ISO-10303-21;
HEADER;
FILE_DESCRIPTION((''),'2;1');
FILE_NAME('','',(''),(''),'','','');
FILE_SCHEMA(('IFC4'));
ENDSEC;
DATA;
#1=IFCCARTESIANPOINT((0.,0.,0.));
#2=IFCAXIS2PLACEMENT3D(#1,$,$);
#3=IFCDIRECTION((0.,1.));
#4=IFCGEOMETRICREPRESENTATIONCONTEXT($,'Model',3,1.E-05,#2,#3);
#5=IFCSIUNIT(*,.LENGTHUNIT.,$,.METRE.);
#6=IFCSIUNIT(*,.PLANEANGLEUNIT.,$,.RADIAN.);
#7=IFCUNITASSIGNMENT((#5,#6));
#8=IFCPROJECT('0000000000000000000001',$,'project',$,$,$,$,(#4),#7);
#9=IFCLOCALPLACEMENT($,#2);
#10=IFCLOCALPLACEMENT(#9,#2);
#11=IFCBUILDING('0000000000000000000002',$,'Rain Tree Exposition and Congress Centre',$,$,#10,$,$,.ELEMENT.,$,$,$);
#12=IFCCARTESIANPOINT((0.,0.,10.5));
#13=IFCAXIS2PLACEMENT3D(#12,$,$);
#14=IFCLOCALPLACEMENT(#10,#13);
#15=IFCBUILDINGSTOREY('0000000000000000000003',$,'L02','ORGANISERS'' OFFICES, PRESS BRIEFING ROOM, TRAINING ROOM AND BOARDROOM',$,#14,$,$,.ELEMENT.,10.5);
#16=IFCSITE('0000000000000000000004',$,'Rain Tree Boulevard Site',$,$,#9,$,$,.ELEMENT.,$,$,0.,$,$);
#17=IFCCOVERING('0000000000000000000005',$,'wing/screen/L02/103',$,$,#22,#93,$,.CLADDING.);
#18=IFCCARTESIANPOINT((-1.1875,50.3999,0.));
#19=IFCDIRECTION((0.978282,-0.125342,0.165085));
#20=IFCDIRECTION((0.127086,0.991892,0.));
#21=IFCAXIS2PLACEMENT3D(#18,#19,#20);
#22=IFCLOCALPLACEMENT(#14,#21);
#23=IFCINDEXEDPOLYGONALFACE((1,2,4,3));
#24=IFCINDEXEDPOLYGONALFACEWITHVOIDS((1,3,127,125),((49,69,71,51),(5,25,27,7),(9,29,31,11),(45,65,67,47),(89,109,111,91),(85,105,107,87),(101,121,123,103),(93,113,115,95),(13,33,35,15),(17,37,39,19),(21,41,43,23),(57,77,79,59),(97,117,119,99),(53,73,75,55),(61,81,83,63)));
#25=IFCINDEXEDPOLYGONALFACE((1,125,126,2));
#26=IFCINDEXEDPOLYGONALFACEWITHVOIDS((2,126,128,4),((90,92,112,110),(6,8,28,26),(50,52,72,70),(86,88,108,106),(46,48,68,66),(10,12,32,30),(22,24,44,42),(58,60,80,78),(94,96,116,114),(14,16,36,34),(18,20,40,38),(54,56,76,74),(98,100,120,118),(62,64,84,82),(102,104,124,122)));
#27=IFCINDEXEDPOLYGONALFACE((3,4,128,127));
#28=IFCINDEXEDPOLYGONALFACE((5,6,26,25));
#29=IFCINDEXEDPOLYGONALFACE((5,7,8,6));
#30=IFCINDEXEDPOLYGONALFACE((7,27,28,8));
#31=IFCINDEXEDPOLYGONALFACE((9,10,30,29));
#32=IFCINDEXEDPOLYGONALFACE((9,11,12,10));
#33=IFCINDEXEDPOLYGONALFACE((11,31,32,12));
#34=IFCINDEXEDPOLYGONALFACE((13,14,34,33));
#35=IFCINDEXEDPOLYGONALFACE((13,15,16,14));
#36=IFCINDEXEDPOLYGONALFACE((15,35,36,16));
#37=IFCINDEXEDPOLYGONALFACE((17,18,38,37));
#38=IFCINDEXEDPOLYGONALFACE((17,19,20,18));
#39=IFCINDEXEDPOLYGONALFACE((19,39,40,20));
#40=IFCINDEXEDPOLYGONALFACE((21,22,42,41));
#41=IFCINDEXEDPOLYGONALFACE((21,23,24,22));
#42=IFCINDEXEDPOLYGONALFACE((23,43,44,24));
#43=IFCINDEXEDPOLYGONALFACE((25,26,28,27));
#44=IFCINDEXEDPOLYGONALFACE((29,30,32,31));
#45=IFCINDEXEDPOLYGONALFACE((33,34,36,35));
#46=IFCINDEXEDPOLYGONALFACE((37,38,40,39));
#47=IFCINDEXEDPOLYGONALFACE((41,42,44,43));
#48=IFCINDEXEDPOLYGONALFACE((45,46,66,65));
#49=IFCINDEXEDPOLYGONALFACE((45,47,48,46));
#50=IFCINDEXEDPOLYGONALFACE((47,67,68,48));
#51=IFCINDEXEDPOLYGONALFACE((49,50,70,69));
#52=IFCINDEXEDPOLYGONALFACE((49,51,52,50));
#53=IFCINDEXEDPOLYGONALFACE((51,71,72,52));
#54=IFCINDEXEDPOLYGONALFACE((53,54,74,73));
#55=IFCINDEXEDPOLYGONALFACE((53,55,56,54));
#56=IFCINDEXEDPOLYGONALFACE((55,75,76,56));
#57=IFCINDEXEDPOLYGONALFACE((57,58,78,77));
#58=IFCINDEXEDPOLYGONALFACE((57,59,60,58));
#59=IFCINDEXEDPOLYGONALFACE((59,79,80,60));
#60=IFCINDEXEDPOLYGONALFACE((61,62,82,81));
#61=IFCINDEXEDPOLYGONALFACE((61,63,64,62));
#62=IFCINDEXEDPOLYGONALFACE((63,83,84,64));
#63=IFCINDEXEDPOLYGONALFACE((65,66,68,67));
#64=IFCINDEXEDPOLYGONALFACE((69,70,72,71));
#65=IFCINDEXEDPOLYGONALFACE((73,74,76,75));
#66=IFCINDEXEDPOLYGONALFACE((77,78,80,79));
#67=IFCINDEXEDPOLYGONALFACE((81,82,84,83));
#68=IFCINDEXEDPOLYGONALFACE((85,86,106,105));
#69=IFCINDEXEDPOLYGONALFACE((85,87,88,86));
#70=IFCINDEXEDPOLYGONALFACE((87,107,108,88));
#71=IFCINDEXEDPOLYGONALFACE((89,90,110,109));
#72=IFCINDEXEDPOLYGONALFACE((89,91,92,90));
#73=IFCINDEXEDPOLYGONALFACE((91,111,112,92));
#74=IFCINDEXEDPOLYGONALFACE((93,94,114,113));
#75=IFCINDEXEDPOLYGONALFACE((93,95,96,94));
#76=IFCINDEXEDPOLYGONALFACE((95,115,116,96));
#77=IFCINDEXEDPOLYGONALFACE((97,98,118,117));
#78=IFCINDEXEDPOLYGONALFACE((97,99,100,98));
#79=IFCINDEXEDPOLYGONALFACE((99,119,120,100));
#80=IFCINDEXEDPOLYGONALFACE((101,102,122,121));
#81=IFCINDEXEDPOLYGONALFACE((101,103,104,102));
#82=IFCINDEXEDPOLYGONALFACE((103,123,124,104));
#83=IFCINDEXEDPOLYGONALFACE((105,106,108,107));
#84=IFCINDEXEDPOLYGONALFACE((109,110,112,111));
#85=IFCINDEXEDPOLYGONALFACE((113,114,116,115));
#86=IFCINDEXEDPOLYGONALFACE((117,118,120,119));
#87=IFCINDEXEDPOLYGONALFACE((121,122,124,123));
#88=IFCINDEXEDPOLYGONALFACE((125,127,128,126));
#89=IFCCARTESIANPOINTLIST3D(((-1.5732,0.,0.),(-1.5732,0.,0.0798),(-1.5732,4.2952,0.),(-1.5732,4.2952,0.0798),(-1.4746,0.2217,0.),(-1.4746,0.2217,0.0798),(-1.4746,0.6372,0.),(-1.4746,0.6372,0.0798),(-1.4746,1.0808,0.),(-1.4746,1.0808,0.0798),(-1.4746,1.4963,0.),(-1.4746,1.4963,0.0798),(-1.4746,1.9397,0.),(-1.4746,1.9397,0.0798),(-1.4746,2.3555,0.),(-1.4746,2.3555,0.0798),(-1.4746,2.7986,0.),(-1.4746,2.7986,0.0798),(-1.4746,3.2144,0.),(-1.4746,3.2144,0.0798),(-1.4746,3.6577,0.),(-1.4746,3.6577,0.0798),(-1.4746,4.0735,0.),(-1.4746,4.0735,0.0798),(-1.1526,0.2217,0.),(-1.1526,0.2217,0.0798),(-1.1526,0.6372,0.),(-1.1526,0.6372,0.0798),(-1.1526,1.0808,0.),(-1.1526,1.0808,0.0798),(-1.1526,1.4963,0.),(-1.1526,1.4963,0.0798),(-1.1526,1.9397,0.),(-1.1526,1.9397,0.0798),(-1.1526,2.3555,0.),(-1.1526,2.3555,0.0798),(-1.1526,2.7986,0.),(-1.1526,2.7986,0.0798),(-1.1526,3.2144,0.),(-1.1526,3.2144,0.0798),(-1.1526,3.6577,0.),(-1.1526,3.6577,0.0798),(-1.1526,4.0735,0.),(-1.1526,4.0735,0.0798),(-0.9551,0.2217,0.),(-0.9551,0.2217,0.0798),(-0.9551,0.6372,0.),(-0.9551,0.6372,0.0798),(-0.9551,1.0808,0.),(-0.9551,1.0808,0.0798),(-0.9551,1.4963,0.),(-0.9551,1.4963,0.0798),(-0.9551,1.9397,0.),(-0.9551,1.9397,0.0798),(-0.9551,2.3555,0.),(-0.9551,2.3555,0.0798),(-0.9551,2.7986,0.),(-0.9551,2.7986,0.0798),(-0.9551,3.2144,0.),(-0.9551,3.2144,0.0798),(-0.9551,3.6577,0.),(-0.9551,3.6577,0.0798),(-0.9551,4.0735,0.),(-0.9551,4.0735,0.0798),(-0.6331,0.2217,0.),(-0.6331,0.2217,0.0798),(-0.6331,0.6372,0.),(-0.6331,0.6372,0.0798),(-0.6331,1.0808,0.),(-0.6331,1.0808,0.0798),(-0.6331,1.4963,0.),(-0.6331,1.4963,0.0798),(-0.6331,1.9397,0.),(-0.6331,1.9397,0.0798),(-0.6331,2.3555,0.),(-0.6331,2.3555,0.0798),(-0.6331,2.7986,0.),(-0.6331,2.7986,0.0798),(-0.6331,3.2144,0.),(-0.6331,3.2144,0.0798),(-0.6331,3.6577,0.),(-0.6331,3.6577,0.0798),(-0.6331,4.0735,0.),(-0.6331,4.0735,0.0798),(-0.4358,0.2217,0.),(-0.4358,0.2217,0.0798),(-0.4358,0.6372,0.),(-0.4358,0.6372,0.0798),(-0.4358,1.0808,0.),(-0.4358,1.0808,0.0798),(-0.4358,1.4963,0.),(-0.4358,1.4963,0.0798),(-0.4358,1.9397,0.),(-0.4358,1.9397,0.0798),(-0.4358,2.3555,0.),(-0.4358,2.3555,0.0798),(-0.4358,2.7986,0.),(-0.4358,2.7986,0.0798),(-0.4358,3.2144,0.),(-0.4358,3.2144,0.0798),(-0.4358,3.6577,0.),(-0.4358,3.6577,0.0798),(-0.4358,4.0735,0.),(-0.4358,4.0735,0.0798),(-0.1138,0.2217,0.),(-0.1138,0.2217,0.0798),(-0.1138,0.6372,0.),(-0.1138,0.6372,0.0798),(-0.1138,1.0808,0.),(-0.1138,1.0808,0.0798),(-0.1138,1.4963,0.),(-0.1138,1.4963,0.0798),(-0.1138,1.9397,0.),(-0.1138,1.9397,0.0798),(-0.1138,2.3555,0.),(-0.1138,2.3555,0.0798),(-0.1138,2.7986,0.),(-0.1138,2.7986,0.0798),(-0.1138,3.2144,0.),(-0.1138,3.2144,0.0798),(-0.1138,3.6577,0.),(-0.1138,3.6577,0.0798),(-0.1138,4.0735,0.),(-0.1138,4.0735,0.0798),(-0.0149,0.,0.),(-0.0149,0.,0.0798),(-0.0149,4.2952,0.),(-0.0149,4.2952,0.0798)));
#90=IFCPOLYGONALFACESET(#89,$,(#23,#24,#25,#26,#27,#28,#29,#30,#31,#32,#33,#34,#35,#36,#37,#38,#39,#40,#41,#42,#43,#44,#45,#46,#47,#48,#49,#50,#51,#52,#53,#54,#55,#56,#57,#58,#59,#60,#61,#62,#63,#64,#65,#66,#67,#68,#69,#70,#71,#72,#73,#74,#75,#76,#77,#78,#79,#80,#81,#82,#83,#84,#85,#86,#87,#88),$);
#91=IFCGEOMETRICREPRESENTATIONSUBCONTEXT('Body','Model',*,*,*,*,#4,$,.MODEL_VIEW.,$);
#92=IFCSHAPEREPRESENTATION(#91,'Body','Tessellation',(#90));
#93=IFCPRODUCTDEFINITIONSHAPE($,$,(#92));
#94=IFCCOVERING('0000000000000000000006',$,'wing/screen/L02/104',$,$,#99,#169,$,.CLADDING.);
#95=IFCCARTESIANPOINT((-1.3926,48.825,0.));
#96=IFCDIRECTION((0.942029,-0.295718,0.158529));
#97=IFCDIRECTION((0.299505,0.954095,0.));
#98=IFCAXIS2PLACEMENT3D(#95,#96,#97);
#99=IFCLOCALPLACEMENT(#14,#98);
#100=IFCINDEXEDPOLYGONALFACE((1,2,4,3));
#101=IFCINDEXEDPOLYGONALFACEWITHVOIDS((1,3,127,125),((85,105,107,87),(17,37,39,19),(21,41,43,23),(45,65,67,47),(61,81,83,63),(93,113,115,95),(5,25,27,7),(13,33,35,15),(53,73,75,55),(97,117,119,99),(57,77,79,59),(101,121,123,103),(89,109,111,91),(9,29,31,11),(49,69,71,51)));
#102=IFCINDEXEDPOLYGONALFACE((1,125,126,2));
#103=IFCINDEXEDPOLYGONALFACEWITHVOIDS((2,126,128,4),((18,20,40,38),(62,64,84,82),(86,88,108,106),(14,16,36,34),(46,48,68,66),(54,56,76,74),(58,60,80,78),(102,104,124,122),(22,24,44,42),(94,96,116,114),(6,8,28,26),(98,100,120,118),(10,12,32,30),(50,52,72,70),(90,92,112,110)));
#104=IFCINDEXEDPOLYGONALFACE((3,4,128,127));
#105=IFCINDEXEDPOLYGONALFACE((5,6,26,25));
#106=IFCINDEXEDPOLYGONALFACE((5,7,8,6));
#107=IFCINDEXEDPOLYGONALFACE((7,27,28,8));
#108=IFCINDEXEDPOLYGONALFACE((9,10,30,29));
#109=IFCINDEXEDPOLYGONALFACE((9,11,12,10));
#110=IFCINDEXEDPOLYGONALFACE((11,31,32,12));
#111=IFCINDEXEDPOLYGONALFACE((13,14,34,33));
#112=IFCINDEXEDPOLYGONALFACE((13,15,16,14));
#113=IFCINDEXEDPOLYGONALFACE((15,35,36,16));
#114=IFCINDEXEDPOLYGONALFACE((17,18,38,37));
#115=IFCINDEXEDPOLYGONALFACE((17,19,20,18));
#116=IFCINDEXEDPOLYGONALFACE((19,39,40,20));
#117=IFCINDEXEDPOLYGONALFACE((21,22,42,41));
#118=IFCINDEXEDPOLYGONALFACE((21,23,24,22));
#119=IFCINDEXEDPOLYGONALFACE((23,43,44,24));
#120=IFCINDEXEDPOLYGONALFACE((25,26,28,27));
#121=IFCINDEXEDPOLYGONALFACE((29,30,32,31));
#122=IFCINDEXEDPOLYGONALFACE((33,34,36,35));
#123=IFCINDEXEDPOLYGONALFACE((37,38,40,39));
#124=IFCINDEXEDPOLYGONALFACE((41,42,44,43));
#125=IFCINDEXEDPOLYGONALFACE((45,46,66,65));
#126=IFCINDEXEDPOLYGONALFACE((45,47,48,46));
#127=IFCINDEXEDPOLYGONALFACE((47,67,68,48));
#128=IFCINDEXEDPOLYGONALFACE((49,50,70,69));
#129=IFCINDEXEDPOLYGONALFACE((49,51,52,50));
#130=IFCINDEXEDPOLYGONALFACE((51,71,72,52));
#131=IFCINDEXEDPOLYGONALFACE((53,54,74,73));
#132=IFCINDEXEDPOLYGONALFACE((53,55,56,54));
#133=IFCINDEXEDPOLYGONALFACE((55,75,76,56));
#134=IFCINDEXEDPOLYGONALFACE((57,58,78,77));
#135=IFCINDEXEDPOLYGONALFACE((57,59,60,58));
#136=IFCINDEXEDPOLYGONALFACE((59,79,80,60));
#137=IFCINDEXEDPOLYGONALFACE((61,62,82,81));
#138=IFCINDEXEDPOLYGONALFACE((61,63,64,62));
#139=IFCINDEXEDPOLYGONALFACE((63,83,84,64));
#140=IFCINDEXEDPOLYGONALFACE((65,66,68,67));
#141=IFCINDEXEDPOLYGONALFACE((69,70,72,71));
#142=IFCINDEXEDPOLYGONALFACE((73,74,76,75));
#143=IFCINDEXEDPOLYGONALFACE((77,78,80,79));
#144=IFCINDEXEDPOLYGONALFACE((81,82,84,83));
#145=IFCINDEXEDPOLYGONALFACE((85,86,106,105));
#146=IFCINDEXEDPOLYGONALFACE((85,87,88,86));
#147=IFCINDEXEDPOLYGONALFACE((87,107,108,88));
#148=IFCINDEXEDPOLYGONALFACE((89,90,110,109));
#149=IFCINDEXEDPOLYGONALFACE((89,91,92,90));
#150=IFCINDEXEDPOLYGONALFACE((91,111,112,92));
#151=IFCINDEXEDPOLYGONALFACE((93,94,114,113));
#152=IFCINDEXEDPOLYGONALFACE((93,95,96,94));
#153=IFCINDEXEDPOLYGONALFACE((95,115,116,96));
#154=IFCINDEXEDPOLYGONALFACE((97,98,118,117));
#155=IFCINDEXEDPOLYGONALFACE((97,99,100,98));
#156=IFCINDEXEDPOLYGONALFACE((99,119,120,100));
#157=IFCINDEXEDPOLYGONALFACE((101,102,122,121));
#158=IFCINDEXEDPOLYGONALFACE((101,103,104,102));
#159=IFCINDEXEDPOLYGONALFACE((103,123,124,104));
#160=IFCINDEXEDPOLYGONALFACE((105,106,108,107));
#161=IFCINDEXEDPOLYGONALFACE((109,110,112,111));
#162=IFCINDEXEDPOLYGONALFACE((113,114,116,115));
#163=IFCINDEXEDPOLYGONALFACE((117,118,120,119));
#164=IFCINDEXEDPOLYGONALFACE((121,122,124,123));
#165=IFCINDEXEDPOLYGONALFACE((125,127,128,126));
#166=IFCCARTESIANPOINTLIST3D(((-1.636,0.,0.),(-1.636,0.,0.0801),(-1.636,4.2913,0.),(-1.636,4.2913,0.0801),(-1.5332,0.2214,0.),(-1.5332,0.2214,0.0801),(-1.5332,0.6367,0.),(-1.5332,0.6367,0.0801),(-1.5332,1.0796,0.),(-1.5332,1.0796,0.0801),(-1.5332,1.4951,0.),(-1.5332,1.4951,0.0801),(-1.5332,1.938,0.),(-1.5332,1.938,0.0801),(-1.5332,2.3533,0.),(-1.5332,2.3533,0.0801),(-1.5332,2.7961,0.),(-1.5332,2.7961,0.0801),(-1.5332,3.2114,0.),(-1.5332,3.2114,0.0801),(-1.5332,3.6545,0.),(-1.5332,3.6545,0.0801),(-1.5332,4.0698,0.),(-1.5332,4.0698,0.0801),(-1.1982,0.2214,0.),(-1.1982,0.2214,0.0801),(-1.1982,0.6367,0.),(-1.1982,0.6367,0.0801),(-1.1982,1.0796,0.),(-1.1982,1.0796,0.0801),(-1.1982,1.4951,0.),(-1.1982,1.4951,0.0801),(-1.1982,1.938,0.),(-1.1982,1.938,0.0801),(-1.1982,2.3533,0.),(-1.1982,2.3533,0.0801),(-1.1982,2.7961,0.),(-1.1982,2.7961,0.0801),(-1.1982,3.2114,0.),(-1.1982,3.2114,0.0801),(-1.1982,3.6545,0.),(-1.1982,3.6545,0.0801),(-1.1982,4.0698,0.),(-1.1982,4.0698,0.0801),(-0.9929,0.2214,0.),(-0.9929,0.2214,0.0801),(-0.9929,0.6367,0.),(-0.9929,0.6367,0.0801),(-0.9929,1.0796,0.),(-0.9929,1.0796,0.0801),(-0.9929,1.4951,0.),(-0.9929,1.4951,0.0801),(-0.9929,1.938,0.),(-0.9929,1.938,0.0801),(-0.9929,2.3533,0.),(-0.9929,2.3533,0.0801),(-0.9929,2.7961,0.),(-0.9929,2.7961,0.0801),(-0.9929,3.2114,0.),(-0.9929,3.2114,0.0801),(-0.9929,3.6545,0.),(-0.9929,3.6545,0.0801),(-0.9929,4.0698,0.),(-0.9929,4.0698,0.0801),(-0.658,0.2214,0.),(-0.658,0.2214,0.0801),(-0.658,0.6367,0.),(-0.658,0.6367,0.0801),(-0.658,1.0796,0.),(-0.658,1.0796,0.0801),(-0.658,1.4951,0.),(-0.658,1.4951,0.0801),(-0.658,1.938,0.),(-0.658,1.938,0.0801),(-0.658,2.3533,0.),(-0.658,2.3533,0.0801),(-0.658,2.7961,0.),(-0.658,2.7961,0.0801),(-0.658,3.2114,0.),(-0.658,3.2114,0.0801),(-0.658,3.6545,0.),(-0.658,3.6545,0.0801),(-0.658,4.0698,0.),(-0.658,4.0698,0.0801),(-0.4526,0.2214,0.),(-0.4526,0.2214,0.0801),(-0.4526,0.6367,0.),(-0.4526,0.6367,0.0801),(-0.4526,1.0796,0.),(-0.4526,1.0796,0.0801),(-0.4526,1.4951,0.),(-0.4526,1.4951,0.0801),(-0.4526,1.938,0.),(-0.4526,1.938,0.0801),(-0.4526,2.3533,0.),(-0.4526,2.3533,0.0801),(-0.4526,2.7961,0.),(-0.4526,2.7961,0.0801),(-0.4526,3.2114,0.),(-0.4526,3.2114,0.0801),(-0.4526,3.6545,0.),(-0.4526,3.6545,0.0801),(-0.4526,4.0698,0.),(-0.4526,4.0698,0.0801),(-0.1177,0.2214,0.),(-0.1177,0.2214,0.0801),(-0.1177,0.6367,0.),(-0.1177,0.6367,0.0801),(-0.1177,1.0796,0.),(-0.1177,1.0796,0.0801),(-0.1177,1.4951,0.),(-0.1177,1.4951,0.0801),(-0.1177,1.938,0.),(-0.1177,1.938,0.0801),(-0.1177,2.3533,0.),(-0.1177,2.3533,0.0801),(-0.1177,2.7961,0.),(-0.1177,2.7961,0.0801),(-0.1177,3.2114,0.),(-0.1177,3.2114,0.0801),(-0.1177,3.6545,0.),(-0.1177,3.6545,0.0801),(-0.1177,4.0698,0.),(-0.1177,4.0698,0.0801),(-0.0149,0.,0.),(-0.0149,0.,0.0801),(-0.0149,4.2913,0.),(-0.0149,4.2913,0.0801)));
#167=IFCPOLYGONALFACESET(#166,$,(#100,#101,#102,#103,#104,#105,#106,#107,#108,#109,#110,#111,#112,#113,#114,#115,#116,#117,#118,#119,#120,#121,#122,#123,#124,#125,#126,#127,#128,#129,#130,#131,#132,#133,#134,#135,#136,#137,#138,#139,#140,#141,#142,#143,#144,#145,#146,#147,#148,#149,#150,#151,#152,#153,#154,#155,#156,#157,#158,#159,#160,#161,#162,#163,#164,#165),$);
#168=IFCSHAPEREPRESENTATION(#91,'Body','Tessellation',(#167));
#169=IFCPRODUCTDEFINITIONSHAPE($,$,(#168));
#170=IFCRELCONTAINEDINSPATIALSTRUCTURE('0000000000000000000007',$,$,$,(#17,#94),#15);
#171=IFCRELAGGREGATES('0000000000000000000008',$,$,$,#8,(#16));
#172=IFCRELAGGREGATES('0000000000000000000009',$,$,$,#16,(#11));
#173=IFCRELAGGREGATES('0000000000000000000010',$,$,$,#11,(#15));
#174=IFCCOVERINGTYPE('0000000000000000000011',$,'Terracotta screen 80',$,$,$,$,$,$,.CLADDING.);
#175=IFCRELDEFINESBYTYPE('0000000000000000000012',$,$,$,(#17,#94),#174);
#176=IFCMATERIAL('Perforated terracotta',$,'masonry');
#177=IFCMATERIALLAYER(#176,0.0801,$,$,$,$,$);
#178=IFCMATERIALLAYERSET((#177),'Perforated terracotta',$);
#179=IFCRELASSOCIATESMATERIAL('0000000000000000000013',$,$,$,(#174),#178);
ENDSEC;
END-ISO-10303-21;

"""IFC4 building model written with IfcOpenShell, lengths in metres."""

from ifc_helpers import new_model, si_unit, direction, frame, origin, place, context, subcontext, project, spatial, polyline, outline, extrude, material, layer, layer_set, type_object, element, save


model = new_model("IFC4")

# Units and contexts
model_context = context("Model", 3, precision=1e-05, world=origin(), true_north=direction((0.0, 1.0)))
body_context = subcontext(model_context, "Body", "Model", "MODEL_VIEW")
ifc_project = project(units=[si_unit("LENGTHUNIT", "METRE"), si_unit("PLANEANGLEUNIT", "RADIAN")], contexts=[model_context])

# Site, building, storey
site_placement = place(None, origin())
site = spatial("IfcSite", under=ifc_project, at=site_placement, Name="Rain Tree Boulevard Site", CompositionType="ELEMENT", RefElevation=0.0)
building_placement = place(site_placement, origin())
building = spatial("IfcBuilding", under=site, at=building_placement, Name="Rain Tree Exposition and Congress Centre", CompositionType="ELEMENT")
storey_placement = place(building_placement, frame((0.0, 0.0, 10.5)))
storey = spatial("IfcBuildingStorey", under=building, at=storey_placement, Name="L02", Description="ORGANISERS' OFFICES, PRESS BRIEFING ROOM, TRAINING ROOM AND BOARDROOM", CompositionType="ELEMENT", Elevation=10.5)

# Coverings
ifc_material_1 = material(Name="Perforated terracotta", Category="masonry")
ifc_layer_1 = layer(ifc_material_1, 0.0801)
ifc_layer_set_1 = layer_set([ifc_layer_1], Name="Perforated terracotta")
covering_type = type_object("IfcCoveringType", Name="Terracotta screen 80", PredefinedType="CLADDING", material=ifc_layer_set_1)
covering_1_placement = place(storey_placement, frame((-1.1875, 50.3999, 0.0), z_axis=(0.978282, -0.125342, 0.165085), x_axis=(0.127086, 0.991892, 0.0)))
element("IfcCovering", 1, at=covering_1_placement, inside=storey, type_object=covering_type, Name="wing/screen/L02/103", PredefinedType="CLADDING", context=body_context, shape_type="SweptSolid", body=[
    extrude(outline(polyline([(-1.5732, 0.0), (-1.5732, 4.2952), (-0.0149, 4.2952), (-0.0149, 0.0), (-1.5732, 0.0)]), holes=[polyline([(-0.1138, 0.2217), (-0.1138, 0.6372), (-0.4358, 0.6372), (-0.4358, 0.2217), (-0.1138, 0.2217)]), polyline([(-0.1138, 1.0808), (-0.1138, 1.4963), (-0.4358, 1.4963), (-0.4358, 1.0808), (-0.1138, 1.0808)]), polyline([(-0.1138, 1.9397), (-0.1138, 2.3555), (-0.4358, 2.3555), (-0.4358, 1.9397), (-0.1138, 1.9397)]), polyline([(-0.1138, 2.7986), (-0.1138, 3.2144), (-0.4358, 3.2144), (-0.4358, 2.7986), (-0.1138, 2.7986)]), polyline([(-0.1138, 3.6577), (-0.1138, 4.0735), (-0.4358, 4.0735), (-0.4358, 3.6577), (-0.1138, 3.6577)]), polyline([(-0.6331, 0.2217), (-0.6331, 0.6372), (-0.9551, 0.6372), (-0.9551, 0.2217), (-0.6331, 0.2217)]), polyline([(-0.6331, 1.0808), (-0.6331, 1.4963), (-0.9551, 1.4963), (-0.9551, 1.0808), (-0.6331, 1.0808)]), polyline([(-0.6331, 1.9397), (-0.6331, 2.3555), (-0.9551, 2.3555), (-0.9551, 1.9397), (-0.6331, 1.9397)]), polyline([(-0.6331, 2.7986), (-0.6331, 3.2144), (-0.9551, 3.2144), (-0.9551, 2.7986), (-0.6331, 2.7986)]), polyline([(-0.6331, 3.6577), (-0.6331, 4.0735), (-0.9551, 4.0735), (-0.9551, 3.6577), (-0.6331, 3.6577)]), polyline([(-1.1526, 0.2217), (-1.1526, 0.6372), (-1.4746, 0.6372), (-1.4746, 0.2217), (-1.1526, 0.2217)]), polyline([(-1.1526, 1.0808), (-1.1526, 1.4963), (-1.4746, 1.4963), (-1.4746, 1.0808), (-1.1526, 1.0808)]), polyline([(-1.1526, 1.9397), (-1.1526, 2.3555), (-1.4746, 2.3555), (-1.4746, 1.9397), (-1.1526, 1.9397)]), polyline([(-1.1526, 2.7986), (-1.1526, 3.2144), (-1.4746, 3.2144), (-1.4746, 2.7986), (-1.1526, 2.7986)]), polyline([(-1.1526, 3.6577), (-1.1526, 4.0735), (-1.4746, 4.0735), (-1.4746, 3.6577), (-1.1526, 3.6577)])]), origin(), (0.0, 0.0, 1.0), 0.0798),
])
covering_2_placement = place(storey_placement, frame((-1.3926, 48.825, 0.0), z_axis=(0.942029, -0.295718, 0.158529), x_axis=(0.299505, 0.954095, 0.0)))
element("IfcCovering", 2, at=covering_2_placement, inside=storey, type_object=covering_type, Name="wing/screen/L02/104", PredefinedType="CLADDING", context=body_context, shape_type="SweptSolid", body=[
    extrude(outline(polyline([(-1.636, 0.0), (-1.636, 4.2913), (-0.0149, 4.2913), (-0.0149, 0.0), (-1.636, 0.0)]), holes=[polyline([(-0.1177, 0.2214), (-0.1177, 0.6367), (-0.4526, 0.6367), (-0.4526, 0.2214), (-0.1177, 0.2214)]), polyline([(-0.1177, 1.0796), (-0.1177, 1.4951), (-0.4526, 1.4951), (-0.4526, 1.0796), (-0.1177, 1.0796)]), polyline([(-0.1177, 1.938), (-0.1177, 2.3533), (-0.4526, 2.3533), (-0.4526, 1.938), (-0.1177, 1.938)]), polyline([(-0.1177, 2.7961), (-0.1177, 3.2114), (-0.4526, 3.2114), (-0.4526, 2.7961), (-0.1177, 2.7961)]), polyline([(-0.1177, 3.6545), (-0.1177, 4.0698), (-0.4526, 4.0698), (-0.4526, 3.6545), (-0.1177, 3.6545)]), polyline([(-0.658, 0.2214), (-0.658, 0.6367), (-0.9929, 0.6367), (-0.9929, 0.2214), (-0.658, 0.2214)]), polyline([(-0.658, 1.0796), (-0.658, 1.4951), (-0.9929, 1.4951), (-0.9929, 1.0796), (-0.658, 1.0796)]), polyline([(-0.658, 1.938), (-0.658, 2.3533), (-0.9929, 2.3533), (-0.9929, 1.938), (-0.658, 1.938)]), polyline([(-0.658, 2.7961), (-0.658, 3.2114), (-0.9929, 3.2114), (-0.9929, 2.7961), (-0.658, 2.7961)]), polyline([(-0.658, 3.6545), (-0.658, 4.0698), (-0.9929, 4.0698), (-0.9929, 3.6545), (-0.658, 3.6545)]), polyline([(-1.1982, 0.2214), (-1.1982, 0.6367), (-1.5332, 0.6367), (-1.5332, 0.2214), (-1.1982, 0.2214)]), polyline([(-1.1982, 1.0796), (-1.1982, 1.4951), (-1.5332, 1.4951), (-1.5332, 1.0796), (-1.1982, 1.0796)]), polyline([(-1.1982, 1.938), (-1.1982, 2.3533), (-1.5332, 2.3533), (-1.5332, 1.938), (-1.1982, 1.938)]), polyline([(-1.1982, 2.7961), (-1.1982, 3.2114), (-1.5332, 3.2114), (-1.5332, 2.7961), (-1.1982, 2.7961)]), polyline([(-1.1982, 3.6545), (-1.1982, 4.0698), (-1.5332, 4.0698), (-1.5332, 3.6545), (-1.1982, 3.6545)])]), origin(), (0.0, 0.0, 1.0), 0.0801),
])

save(model, "model.ifc")
